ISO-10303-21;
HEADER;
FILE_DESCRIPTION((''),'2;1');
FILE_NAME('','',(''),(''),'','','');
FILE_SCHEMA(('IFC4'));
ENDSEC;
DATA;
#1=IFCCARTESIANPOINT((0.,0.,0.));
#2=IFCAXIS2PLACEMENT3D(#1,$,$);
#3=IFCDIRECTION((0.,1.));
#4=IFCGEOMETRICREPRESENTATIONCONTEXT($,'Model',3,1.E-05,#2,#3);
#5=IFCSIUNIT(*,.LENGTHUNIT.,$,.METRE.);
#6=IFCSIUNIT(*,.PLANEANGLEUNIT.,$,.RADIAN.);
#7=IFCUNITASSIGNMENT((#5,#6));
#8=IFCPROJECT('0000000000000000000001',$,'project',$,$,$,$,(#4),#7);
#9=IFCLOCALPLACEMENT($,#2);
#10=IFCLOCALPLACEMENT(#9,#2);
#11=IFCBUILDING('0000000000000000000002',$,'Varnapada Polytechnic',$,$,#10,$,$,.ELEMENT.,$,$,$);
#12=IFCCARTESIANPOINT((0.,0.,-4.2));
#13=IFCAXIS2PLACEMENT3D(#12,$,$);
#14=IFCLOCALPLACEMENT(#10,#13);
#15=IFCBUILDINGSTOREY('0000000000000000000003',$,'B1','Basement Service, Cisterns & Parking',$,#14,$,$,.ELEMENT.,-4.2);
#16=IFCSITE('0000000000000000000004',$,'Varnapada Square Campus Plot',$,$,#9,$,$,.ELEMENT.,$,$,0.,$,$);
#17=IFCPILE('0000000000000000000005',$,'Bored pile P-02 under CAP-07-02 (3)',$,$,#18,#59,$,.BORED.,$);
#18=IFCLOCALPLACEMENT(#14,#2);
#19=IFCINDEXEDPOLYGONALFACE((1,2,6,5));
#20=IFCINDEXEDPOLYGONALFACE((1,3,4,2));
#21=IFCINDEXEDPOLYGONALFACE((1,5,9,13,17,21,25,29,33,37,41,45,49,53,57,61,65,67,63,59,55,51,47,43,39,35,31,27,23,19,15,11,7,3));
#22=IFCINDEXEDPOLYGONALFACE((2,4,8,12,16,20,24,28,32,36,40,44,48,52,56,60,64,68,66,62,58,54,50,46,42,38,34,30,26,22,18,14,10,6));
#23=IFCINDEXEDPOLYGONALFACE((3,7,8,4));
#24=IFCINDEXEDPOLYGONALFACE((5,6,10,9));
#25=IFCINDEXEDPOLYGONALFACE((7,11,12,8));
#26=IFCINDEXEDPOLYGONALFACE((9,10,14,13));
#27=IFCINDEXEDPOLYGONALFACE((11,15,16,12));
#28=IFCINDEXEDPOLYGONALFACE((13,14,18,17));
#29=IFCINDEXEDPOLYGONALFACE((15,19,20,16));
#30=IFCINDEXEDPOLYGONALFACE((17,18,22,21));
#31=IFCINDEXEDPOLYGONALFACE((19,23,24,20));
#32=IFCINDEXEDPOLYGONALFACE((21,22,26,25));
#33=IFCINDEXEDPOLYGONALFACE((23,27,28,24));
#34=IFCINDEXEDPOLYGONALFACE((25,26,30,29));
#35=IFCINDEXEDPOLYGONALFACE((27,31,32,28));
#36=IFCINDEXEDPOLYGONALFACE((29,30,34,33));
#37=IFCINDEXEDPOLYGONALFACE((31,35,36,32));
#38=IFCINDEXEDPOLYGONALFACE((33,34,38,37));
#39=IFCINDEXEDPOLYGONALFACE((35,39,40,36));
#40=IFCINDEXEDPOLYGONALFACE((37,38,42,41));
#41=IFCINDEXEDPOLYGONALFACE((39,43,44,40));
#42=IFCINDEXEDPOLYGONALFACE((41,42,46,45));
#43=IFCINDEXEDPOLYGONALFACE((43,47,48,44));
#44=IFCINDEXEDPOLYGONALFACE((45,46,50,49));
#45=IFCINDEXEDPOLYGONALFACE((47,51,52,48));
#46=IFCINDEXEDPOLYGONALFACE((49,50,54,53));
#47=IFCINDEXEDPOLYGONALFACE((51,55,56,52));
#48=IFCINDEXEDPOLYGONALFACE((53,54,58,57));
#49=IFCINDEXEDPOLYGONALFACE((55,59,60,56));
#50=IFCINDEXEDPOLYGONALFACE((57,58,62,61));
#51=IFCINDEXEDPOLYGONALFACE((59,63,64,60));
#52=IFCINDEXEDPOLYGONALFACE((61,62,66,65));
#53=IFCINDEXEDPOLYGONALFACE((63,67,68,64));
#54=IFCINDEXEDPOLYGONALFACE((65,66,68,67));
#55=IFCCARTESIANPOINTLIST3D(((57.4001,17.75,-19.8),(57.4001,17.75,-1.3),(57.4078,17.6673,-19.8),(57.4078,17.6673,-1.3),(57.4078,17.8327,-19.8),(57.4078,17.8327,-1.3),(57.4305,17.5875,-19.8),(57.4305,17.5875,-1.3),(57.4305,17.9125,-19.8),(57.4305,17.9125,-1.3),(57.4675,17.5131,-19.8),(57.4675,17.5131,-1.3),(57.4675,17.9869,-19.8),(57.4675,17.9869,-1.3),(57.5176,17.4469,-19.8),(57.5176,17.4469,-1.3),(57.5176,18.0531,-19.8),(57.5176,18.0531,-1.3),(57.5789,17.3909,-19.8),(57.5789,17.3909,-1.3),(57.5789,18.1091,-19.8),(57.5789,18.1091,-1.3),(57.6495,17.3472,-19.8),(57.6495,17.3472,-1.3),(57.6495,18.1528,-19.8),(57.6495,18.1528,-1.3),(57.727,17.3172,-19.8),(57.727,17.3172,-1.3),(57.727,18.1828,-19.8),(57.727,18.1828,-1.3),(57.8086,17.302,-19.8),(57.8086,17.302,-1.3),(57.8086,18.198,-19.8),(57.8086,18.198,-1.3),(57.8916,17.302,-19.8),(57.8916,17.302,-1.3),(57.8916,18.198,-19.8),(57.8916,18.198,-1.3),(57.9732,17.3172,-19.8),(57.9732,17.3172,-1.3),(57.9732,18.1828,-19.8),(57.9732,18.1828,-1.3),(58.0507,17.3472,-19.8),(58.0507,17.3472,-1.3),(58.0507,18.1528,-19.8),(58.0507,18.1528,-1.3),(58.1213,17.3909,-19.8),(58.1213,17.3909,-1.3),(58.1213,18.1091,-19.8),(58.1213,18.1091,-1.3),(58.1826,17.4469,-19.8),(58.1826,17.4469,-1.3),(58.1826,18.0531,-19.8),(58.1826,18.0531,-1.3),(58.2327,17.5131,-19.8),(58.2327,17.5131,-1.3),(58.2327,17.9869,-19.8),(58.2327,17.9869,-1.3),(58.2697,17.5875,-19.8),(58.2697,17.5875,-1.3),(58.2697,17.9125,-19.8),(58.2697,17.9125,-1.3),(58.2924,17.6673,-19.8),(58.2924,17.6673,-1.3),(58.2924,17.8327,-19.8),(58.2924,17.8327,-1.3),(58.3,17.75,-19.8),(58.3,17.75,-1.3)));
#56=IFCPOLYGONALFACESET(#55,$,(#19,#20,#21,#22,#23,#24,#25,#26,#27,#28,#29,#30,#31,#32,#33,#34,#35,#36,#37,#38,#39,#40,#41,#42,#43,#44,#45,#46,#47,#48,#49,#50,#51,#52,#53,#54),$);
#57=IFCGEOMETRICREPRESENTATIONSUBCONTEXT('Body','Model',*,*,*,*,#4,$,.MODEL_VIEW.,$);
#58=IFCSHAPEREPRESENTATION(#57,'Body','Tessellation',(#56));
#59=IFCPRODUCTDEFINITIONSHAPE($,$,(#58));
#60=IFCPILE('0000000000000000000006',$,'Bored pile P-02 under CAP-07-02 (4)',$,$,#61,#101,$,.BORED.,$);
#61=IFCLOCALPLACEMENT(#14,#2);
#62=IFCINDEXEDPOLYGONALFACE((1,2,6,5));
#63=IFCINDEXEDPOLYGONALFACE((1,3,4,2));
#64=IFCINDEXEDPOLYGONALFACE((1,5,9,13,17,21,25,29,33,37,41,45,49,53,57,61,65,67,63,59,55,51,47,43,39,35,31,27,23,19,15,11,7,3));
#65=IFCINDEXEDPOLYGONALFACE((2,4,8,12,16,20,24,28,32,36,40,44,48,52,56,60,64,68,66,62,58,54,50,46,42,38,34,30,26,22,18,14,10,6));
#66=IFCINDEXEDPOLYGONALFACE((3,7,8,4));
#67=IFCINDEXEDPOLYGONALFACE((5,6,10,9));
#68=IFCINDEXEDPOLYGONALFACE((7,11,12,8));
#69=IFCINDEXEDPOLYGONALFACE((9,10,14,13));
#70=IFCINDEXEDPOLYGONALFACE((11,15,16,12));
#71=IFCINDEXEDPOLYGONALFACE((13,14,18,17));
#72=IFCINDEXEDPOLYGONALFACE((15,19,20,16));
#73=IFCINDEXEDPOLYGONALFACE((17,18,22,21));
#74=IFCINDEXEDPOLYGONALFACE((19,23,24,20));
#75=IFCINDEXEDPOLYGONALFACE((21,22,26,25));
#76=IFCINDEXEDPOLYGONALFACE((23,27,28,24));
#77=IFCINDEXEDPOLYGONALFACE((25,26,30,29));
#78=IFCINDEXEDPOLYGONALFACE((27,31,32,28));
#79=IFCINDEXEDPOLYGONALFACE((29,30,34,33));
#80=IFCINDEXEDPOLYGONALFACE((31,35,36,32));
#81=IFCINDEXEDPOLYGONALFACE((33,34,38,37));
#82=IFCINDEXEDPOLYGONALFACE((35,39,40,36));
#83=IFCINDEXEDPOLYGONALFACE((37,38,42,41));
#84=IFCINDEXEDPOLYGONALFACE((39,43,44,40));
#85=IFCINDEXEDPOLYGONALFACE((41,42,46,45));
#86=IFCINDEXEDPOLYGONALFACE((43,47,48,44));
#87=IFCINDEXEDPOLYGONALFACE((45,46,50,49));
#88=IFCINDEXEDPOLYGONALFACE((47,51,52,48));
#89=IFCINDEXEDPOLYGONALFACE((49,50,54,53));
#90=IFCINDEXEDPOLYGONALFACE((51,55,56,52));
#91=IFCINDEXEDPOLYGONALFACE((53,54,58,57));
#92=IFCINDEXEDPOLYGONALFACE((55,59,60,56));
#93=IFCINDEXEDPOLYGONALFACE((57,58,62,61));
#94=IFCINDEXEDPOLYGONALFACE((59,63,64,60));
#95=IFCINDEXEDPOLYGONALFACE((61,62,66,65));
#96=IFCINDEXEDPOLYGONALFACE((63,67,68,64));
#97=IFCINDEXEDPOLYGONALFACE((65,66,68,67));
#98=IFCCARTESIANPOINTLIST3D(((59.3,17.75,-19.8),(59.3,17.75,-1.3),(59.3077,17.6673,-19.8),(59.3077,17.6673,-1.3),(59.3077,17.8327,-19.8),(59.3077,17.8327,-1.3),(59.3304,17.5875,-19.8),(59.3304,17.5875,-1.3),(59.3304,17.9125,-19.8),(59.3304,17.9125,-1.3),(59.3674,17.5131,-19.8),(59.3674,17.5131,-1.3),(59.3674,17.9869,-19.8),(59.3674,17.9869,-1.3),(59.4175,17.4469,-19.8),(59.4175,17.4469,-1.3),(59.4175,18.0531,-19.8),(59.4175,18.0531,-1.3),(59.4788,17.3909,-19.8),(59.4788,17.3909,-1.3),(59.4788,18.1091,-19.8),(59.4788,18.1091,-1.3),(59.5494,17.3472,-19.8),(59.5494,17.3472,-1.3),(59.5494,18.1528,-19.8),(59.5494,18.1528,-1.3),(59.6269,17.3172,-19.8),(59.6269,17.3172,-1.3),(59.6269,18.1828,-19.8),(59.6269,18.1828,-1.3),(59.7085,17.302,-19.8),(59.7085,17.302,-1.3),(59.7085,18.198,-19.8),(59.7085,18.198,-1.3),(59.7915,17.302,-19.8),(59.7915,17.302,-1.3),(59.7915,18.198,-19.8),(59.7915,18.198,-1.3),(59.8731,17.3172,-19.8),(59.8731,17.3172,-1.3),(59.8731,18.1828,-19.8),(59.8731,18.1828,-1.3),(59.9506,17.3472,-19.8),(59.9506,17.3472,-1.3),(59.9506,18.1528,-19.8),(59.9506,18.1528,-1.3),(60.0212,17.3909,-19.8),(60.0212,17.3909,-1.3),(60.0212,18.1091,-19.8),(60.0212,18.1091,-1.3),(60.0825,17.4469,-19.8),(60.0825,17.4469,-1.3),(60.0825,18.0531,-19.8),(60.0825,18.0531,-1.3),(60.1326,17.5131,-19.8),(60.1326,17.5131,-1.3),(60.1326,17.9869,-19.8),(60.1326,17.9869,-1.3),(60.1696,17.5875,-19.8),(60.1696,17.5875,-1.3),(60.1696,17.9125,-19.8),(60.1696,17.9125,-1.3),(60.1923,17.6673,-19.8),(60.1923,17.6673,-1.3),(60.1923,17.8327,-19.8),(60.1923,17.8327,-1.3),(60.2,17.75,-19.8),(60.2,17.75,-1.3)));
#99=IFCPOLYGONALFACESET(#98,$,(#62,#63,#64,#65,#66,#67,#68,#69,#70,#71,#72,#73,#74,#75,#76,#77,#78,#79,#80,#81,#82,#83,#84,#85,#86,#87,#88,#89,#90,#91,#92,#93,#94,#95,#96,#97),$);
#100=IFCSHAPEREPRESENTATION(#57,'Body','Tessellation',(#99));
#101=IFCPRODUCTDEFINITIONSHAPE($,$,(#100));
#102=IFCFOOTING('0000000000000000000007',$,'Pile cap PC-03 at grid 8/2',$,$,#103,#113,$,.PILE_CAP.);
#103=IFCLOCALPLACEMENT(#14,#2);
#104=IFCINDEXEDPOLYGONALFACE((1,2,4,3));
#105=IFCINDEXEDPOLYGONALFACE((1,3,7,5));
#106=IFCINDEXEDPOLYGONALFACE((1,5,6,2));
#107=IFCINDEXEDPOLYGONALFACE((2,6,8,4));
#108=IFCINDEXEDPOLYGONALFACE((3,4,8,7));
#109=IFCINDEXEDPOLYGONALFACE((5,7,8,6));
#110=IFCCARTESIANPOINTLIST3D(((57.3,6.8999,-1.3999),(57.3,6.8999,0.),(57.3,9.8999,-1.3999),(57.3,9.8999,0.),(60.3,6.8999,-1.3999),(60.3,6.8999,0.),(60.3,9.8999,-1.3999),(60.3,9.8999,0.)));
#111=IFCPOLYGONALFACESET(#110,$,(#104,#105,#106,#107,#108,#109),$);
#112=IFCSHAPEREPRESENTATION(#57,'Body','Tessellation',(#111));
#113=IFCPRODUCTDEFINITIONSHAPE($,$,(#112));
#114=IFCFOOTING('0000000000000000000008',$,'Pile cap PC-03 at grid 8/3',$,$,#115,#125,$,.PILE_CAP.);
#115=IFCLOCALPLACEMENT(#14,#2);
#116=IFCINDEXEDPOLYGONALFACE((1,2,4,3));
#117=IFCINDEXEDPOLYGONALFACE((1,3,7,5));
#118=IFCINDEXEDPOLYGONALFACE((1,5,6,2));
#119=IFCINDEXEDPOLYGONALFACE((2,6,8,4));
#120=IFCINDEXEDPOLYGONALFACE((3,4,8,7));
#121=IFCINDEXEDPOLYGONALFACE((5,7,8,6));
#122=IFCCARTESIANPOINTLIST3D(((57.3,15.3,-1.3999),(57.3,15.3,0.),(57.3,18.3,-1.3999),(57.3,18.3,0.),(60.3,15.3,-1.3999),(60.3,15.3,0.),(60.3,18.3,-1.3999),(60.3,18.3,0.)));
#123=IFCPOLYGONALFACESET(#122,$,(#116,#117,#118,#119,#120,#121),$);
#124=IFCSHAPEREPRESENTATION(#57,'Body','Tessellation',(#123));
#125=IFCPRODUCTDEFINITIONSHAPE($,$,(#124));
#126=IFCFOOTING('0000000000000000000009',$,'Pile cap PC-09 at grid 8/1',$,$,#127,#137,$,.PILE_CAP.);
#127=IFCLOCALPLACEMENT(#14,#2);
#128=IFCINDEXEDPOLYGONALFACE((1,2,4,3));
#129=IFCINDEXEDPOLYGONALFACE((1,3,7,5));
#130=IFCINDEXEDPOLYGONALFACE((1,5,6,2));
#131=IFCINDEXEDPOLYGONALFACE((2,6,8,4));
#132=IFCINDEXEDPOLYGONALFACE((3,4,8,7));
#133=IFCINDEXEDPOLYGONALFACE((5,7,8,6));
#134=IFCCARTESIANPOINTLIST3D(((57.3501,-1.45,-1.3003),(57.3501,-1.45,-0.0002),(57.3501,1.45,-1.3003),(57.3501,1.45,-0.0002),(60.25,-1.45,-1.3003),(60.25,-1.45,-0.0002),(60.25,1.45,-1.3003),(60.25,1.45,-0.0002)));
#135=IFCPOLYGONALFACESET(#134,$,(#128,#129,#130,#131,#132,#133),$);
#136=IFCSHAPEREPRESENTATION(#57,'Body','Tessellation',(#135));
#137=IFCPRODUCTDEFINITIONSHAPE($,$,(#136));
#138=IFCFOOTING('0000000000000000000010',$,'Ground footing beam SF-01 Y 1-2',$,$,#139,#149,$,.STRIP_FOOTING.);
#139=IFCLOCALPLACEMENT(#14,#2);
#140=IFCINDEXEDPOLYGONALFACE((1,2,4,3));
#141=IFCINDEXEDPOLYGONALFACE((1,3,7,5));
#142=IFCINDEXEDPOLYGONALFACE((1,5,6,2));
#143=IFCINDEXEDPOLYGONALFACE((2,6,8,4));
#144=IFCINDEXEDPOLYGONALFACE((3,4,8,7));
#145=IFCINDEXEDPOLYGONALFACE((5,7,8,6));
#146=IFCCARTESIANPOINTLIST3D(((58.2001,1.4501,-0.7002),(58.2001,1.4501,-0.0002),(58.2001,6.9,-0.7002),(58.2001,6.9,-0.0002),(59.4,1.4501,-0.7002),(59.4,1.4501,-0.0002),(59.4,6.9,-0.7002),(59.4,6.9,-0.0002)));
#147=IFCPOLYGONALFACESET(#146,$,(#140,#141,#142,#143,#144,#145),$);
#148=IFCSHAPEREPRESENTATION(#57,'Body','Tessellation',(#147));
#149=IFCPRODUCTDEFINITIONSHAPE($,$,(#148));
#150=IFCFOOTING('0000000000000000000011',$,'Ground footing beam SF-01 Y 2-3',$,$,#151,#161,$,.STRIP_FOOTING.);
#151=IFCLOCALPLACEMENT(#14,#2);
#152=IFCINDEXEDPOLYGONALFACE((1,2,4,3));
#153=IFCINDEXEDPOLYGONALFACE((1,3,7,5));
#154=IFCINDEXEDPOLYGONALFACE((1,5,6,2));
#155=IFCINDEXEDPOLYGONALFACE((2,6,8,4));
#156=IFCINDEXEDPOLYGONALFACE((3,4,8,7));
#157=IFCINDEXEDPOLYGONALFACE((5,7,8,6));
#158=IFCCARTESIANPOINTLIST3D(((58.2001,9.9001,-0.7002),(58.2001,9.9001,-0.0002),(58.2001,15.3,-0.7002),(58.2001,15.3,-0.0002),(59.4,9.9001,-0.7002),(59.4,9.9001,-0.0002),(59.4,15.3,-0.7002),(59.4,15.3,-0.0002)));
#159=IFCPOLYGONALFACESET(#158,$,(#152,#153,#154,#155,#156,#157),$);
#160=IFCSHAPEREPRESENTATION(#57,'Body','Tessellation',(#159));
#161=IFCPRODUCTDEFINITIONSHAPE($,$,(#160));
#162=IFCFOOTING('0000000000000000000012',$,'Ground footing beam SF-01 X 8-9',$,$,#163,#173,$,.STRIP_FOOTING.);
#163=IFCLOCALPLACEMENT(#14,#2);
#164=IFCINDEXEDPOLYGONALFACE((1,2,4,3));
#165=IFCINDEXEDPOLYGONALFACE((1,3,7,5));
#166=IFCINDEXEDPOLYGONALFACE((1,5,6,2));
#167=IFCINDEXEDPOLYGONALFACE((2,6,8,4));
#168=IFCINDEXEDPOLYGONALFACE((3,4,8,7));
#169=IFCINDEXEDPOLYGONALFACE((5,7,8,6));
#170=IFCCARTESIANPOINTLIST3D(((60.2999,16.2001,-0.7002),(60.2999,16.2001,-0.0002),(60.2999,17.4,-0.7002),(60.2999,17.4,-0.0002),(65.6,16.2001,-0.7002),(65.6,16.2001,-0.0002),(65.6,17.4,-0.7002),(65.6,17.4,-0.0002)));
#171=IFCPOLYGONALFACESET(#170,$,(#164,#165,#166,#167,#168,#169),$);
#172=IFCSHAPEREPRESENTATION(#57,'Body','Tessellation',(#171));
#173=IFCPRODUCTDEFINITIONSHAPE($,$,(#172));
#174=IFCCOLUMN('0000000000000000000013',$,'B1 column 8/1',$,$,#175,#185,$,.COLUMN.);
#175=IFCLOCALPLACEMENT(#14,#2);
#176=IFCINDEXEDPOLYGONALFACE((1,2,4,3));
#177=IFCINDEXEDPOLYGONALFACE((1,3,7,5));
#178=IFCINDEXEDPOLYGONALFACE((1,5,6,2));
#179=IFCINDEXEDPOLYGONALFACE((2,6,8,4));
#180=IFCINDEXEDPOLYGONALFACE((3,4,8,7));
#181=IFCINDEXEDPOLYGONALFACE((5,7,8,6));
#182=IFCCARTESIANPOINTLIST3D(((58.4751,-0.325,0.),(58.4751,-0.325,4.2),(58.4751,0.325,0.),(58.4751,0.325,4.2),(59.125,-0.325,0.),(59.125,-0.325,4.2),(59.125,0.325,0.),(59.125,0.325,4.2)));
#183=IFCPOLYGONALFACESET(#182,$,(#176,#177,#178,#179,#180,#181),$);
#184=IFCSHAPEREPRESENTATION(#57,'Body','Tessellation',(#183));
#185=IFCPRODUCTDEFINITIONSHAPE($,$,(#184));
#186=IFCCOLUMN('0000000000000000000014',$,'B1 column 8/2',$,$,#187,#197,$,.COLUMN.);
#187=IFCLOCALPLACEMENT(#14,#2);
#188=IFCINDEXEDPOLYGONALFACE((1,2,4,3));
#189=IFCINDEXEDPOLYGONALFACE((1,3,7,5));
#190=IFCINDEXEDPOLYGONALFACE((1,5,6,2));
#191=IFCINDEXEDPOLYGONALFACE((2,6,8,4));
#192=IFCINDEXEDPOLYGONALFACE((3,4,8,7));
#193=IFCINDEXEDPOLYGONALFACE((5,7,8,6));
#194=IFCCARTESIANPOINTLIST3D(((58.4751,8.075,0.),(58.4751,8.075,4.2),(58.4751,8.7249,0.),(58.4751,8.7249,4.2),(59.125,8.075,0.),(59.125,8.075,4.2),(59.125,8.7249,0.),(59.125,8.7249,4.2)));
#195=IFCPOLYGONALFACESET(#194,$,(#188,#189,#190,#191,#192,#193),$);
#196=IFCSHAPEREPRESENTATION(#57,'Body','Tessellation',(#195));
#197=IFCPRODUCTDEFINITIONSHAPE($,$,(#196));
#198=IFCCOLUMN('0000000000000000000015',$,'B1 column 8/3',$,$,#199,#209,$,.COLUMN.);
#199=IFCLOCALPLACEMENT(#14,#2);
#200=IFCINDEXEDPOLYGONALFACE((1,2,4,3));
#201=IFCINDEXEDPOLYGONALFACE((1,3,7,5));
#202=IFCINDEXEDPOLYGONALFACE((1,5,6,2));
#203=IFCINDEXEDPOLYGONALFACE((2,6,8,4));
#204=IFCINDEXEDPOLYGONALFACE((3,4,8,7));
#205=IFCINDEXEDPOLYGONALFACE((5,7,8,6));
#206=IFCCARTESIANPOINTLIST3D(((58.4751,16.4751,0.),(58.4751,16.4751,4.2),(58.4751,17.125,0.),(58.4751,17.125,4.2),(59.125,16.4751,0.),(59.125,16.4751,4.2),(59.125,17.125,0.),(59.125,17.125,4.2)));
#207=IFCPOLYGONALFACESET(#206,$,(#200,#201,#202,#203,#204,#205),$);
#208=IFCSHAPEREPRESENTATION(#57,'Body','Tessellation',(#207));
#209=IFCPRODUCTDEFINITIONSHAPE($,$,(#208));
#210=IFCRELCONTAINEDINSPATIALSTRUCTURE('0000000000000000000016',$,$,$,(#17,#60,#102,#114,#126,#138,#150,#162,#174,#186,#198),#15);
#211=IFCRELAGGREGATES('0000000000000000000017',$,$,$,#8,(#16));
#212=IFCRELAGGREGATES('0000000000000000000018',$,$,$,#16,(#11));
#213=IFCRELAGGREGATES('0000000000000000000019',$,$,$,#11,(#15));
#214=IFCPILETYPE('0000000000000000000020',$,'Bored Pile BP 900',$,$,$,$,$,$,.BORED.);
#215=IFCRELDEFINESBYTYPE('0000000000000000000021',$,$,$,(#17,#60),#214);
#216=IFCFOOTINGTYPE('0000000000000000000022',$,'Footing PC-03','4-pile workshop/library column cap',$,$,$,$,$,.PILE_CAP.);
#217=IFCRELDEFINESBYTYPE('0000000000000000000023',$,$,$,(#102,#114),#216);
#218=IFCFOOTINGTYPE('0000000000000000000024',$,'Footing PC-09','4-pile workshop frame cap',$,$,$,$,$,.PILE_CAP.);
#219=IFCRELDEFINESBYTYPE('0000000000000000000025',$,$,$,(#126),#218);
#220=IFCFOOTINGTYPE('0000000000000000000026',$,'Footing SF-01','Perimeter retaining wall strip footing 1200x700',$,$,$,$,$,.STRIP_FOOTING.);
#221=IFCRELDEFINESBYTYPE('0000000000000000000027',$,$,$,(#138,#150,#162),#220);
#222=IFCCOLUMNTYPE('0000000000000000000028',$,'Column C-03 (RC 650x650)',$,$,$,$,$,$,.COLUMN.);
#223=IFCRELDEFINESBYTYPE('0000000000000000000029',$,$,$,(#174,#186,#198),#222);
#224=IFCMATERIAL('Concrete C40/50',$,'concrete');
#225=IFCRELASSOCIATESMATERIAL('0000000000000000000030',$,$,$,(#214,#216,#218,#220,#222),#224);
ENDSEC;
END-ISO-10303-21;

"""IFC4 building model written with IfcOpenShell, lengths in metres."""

from ifc_helpers import new_model, si_unit, direction, frame, origin, origin_2d, place, context, subcontext, project, spatial, rectangle, circle, extrude, material, material_profile, profile_set, type_object, element, save


model = new_model("IFC4")

# Units and contexts
model_context = context("Model", 3, precision=1e-05, world=origin(), true_north=direction((0.0, 1.0)))
body_context = subcontext(model_context, "Body", "Model", "MODEL_VIEW")
ifc_project = project(units=[si_unit("LENGTHUNIT", "METRE"), si_unit("PLANEANGLEUNIT", "RADIAN")], contexts=[model_context])

# Site, building, storey
site_placement = place(None, origin())
site = spatial("IfcSite", under=ifc_project, at=site_placement, Name="Varnapada Square Campus Plot", CompositionType="ELEMENT", RefElevation=0.0)
building_placement = place(site_placement, origin())
building = spatial("IfcBuilding", under=site, at=building_placement, Name="Varnapada Polytechnic", CompositionType="ELEMENT")
storey_placement = place(building_placement, frame((0.0, 0.0, -4.2)))
storey = spatial("IfcBuildingStorey", under=building, at=storey_placement, Name="B1", Description="Basement Service, Cisterns & Parking", CompositionType="ELEMENT", Elevation=-4.2)

# Piles
ifc_material_1 = material(Name="Concrete C40/50", Category="concrete")
ifc_material_profile_1 = material_profile(ifc_material_1, circle(Radius=0.45, at=origin_2d()), Name="BP 900")
ifc_profile_set_1 = profile_set([ifc_material_profile_1], Name="Concrete C40/50")
pile_type_1 = type_object("IfcPileType", Name="Bored Pile BP 900", PredefinedType="BORED", material=ifc_profile_set_1)
for number, where, z_axis, x_axis, name in (
    (1, (57.8501, 17.75, -1.3), (0.0, 0.0, -1.0), (1.0, 0.0, 0.0), "Bored pile P-02 under CAP-07-02 (3)"),
    (2, (59.75, 17.75, -1.3), (0.0, 0.0, -1.0), (1.0, 0.0, 0.0), "Bored pile P-02 under CAP-07-02 (4)"),
):
    element("IfcPile", number, at=place(storey_placement, frame(where, z_axis=z_axis, x_axis=x_axis)), inside=storey, type_object=pile_type_1, Name=name, PredefinedType="BORED", context=body_context, shape_type="SweptSolid", body=[
        extrude(circle(Radius=0.45, at=origin_2d()), origin(), (0.0, 0.0, 1.0), 18.5),
    ])

# Footings
footing_type_1 = type_object("IfcFootingType", Name="Footing PC-03", Description="4-pile workshop/library column cap", PredefinedType="PILE_CAP", material=ifc_material_1)
for number, where, z_axis, x_axis, name in (
    (3, (58.8, 8.3999, -1.3999), (0.0, 0.0, 1.0), (1.0, 0.0, 0.0), "Pile cap PC-03 at grid 8/2"),
    (4, (58.8, 16.8, -1.3999), (0.0, 0.0, 1.0), (1.0, 0.0, 0.0), "Pile cap PC-03 at grid 8/3"),
):
    element("IfcFooting", number, at=place(storey_placement, frame(where, z_axis=z_axis, x_axis=x_axis)), inside=storey, type_object=footing_type_1, Name=name, PredefinedType="PILE_CAP", context=body_context, shape_type="SweptSolid", body=[
        extrude(rectangle(XDim=3.0, YDim=3.0, at=origin_2d()), origin(), (0.0, 0.0, 1.0), 1.3999),
    ])
footing_type_2 = type_object("IfcFootingType", Name="Footing PC-09", Description="4-pile workshop frame cap", PredefinedType="PILE_CAP", material=ifc_material_1)
footing_1_placement = place(storey_placement, frame((58.8, 0.0, -1.3003), z_axis=(0.0, 0.0, 1.0), x_axis=(1.0, 0.0, 0.0)))
element("IfcFooting", 5, at=footing_1_placement, inside=storey, type_object=footing_type_2, Name="Pile cap PC-09 at grid 8/1", PredefinedType="PILE_CAP", context=body_context, shape_type="SweptSolid", body=[
    extrude(rectangle(XDim=2.8999, YDim=2.8999, at=origin_2d()), origin(), (0.0, 0.0, 1.0), 1.3),
])
footing_type_3 = type_object("IfcFootingType", Name="Footing SF-01", Description="Perimeter retaining wall strip footing 1200x700", PredefinedType="STRIP_FOOTING", material=ifc_material_1)
footing_2_placement = place(storey_placement, frame((58.8, 4.175, -0.7002), z_axis=(0.0, 0.0, 1.0), x_axis=(0.0, 1.0, 0.0)))
element("IfcFooting", 6, at=footing_2_placement, inside=storey, type_object=footing_type_3, Name="Ground footing beam SF-01 Y 1-2", PredefinedType="STRIP_FOOTING", context=body_context, shape_type="SweptSolid", body=[
    extrude(rectangle(XDim=5.45, YDim=1.2, at=origin_2d()), origin(), (0.0, 0.0, 1.0), 0.7),
])
footing_3_placement = place(storey_placement, frame((58.8, 12.6001, -0.7002), z_axis=(0.0, 0.0, 1.0), x_axis=(0.0, 1.0, 0.0)))
element("IfcFooting", 7, at=footing_3_placement, inside=storey, type_object=footing_type_3, Name="Ground footing beam SF-01 Y 2-3", PredefinedType="STRIP_FOOTING", context=body_context, shape_type="SweptSolid", body=[
    extrude(rectangle(XDim=5.3999, YDim=1.2, at=origin_2d()), origin(), (0.0, 0.0, 1.0), 0.7),
])
footing_4_placement = place(storey_placement, frame((62.95, 16.8, -0.7002), z_axis=(0.0, 0.0, 1.0), x_axis=(1.0, 0.0, 0.0)))
element("IfcFooting", 8, at=footing_4_placement, inside=storey, type_object=footing_type_3, Name="Ground footing beam SF-01 X 8-9", PredefinedType="STRIP_FOOTING", context=body_context, shape_type="SweptSolid", body=[
    extrude(rectangle(XDim=5.3, YDim=1.2, at=origin_2d()), origin(), (0.0, 0.0, 1.0), 0.7),
])

# Columns
ifc_material_profile_2 = material_profile(ifc_material_1, rectangle(XDim=0.6499, YDim=0.6499, at=origin_2d()), Name="RC 650x650")
ifc_profile_set_2 = profile_set([ifc_material_profile_2], Name="Concrete C40/50")
column_type = type_object("IfcColumnType", Name="Column C-03 (RC 650x650)", PredefinedType="COLUMN", material=ifc_profile_set_2)
for number, where, z_axis, x_axis, name in (
    (9, (58.8, 0.0, 0.0), (0.0, 0.0, 1.0), (1.0, 0.0, 0.0), "B1 column 8/1"),
    (10, (58.8, 8.3999, 0.0), (0.0, 0.0, 1.0), (1.0, 0.0, 0.0), "B1 column 8/2"),
    (11, (58.8, 16.8, 0.0), (0.0, 0.0, 1.0), (1.0, 0.0, 0.0), "B1 column 8/3"),
):
    element("IfcColumn", number, at=place(storey_placement, frame(where, z_axis=z_axis, x_axis=x_axis)), inside=storey, type_object=column_type, Name=name, PredefinedType="COLUMN", context=body_context, shape_type="SweptSolid", body=[
        extrude(rectangle(XDim=0.6499, YDim=0.6499, at=origin_2d()), origin(), (0.0, 0.0, 1.0), 4.2),
    ])

save(model, "model.ifc")
